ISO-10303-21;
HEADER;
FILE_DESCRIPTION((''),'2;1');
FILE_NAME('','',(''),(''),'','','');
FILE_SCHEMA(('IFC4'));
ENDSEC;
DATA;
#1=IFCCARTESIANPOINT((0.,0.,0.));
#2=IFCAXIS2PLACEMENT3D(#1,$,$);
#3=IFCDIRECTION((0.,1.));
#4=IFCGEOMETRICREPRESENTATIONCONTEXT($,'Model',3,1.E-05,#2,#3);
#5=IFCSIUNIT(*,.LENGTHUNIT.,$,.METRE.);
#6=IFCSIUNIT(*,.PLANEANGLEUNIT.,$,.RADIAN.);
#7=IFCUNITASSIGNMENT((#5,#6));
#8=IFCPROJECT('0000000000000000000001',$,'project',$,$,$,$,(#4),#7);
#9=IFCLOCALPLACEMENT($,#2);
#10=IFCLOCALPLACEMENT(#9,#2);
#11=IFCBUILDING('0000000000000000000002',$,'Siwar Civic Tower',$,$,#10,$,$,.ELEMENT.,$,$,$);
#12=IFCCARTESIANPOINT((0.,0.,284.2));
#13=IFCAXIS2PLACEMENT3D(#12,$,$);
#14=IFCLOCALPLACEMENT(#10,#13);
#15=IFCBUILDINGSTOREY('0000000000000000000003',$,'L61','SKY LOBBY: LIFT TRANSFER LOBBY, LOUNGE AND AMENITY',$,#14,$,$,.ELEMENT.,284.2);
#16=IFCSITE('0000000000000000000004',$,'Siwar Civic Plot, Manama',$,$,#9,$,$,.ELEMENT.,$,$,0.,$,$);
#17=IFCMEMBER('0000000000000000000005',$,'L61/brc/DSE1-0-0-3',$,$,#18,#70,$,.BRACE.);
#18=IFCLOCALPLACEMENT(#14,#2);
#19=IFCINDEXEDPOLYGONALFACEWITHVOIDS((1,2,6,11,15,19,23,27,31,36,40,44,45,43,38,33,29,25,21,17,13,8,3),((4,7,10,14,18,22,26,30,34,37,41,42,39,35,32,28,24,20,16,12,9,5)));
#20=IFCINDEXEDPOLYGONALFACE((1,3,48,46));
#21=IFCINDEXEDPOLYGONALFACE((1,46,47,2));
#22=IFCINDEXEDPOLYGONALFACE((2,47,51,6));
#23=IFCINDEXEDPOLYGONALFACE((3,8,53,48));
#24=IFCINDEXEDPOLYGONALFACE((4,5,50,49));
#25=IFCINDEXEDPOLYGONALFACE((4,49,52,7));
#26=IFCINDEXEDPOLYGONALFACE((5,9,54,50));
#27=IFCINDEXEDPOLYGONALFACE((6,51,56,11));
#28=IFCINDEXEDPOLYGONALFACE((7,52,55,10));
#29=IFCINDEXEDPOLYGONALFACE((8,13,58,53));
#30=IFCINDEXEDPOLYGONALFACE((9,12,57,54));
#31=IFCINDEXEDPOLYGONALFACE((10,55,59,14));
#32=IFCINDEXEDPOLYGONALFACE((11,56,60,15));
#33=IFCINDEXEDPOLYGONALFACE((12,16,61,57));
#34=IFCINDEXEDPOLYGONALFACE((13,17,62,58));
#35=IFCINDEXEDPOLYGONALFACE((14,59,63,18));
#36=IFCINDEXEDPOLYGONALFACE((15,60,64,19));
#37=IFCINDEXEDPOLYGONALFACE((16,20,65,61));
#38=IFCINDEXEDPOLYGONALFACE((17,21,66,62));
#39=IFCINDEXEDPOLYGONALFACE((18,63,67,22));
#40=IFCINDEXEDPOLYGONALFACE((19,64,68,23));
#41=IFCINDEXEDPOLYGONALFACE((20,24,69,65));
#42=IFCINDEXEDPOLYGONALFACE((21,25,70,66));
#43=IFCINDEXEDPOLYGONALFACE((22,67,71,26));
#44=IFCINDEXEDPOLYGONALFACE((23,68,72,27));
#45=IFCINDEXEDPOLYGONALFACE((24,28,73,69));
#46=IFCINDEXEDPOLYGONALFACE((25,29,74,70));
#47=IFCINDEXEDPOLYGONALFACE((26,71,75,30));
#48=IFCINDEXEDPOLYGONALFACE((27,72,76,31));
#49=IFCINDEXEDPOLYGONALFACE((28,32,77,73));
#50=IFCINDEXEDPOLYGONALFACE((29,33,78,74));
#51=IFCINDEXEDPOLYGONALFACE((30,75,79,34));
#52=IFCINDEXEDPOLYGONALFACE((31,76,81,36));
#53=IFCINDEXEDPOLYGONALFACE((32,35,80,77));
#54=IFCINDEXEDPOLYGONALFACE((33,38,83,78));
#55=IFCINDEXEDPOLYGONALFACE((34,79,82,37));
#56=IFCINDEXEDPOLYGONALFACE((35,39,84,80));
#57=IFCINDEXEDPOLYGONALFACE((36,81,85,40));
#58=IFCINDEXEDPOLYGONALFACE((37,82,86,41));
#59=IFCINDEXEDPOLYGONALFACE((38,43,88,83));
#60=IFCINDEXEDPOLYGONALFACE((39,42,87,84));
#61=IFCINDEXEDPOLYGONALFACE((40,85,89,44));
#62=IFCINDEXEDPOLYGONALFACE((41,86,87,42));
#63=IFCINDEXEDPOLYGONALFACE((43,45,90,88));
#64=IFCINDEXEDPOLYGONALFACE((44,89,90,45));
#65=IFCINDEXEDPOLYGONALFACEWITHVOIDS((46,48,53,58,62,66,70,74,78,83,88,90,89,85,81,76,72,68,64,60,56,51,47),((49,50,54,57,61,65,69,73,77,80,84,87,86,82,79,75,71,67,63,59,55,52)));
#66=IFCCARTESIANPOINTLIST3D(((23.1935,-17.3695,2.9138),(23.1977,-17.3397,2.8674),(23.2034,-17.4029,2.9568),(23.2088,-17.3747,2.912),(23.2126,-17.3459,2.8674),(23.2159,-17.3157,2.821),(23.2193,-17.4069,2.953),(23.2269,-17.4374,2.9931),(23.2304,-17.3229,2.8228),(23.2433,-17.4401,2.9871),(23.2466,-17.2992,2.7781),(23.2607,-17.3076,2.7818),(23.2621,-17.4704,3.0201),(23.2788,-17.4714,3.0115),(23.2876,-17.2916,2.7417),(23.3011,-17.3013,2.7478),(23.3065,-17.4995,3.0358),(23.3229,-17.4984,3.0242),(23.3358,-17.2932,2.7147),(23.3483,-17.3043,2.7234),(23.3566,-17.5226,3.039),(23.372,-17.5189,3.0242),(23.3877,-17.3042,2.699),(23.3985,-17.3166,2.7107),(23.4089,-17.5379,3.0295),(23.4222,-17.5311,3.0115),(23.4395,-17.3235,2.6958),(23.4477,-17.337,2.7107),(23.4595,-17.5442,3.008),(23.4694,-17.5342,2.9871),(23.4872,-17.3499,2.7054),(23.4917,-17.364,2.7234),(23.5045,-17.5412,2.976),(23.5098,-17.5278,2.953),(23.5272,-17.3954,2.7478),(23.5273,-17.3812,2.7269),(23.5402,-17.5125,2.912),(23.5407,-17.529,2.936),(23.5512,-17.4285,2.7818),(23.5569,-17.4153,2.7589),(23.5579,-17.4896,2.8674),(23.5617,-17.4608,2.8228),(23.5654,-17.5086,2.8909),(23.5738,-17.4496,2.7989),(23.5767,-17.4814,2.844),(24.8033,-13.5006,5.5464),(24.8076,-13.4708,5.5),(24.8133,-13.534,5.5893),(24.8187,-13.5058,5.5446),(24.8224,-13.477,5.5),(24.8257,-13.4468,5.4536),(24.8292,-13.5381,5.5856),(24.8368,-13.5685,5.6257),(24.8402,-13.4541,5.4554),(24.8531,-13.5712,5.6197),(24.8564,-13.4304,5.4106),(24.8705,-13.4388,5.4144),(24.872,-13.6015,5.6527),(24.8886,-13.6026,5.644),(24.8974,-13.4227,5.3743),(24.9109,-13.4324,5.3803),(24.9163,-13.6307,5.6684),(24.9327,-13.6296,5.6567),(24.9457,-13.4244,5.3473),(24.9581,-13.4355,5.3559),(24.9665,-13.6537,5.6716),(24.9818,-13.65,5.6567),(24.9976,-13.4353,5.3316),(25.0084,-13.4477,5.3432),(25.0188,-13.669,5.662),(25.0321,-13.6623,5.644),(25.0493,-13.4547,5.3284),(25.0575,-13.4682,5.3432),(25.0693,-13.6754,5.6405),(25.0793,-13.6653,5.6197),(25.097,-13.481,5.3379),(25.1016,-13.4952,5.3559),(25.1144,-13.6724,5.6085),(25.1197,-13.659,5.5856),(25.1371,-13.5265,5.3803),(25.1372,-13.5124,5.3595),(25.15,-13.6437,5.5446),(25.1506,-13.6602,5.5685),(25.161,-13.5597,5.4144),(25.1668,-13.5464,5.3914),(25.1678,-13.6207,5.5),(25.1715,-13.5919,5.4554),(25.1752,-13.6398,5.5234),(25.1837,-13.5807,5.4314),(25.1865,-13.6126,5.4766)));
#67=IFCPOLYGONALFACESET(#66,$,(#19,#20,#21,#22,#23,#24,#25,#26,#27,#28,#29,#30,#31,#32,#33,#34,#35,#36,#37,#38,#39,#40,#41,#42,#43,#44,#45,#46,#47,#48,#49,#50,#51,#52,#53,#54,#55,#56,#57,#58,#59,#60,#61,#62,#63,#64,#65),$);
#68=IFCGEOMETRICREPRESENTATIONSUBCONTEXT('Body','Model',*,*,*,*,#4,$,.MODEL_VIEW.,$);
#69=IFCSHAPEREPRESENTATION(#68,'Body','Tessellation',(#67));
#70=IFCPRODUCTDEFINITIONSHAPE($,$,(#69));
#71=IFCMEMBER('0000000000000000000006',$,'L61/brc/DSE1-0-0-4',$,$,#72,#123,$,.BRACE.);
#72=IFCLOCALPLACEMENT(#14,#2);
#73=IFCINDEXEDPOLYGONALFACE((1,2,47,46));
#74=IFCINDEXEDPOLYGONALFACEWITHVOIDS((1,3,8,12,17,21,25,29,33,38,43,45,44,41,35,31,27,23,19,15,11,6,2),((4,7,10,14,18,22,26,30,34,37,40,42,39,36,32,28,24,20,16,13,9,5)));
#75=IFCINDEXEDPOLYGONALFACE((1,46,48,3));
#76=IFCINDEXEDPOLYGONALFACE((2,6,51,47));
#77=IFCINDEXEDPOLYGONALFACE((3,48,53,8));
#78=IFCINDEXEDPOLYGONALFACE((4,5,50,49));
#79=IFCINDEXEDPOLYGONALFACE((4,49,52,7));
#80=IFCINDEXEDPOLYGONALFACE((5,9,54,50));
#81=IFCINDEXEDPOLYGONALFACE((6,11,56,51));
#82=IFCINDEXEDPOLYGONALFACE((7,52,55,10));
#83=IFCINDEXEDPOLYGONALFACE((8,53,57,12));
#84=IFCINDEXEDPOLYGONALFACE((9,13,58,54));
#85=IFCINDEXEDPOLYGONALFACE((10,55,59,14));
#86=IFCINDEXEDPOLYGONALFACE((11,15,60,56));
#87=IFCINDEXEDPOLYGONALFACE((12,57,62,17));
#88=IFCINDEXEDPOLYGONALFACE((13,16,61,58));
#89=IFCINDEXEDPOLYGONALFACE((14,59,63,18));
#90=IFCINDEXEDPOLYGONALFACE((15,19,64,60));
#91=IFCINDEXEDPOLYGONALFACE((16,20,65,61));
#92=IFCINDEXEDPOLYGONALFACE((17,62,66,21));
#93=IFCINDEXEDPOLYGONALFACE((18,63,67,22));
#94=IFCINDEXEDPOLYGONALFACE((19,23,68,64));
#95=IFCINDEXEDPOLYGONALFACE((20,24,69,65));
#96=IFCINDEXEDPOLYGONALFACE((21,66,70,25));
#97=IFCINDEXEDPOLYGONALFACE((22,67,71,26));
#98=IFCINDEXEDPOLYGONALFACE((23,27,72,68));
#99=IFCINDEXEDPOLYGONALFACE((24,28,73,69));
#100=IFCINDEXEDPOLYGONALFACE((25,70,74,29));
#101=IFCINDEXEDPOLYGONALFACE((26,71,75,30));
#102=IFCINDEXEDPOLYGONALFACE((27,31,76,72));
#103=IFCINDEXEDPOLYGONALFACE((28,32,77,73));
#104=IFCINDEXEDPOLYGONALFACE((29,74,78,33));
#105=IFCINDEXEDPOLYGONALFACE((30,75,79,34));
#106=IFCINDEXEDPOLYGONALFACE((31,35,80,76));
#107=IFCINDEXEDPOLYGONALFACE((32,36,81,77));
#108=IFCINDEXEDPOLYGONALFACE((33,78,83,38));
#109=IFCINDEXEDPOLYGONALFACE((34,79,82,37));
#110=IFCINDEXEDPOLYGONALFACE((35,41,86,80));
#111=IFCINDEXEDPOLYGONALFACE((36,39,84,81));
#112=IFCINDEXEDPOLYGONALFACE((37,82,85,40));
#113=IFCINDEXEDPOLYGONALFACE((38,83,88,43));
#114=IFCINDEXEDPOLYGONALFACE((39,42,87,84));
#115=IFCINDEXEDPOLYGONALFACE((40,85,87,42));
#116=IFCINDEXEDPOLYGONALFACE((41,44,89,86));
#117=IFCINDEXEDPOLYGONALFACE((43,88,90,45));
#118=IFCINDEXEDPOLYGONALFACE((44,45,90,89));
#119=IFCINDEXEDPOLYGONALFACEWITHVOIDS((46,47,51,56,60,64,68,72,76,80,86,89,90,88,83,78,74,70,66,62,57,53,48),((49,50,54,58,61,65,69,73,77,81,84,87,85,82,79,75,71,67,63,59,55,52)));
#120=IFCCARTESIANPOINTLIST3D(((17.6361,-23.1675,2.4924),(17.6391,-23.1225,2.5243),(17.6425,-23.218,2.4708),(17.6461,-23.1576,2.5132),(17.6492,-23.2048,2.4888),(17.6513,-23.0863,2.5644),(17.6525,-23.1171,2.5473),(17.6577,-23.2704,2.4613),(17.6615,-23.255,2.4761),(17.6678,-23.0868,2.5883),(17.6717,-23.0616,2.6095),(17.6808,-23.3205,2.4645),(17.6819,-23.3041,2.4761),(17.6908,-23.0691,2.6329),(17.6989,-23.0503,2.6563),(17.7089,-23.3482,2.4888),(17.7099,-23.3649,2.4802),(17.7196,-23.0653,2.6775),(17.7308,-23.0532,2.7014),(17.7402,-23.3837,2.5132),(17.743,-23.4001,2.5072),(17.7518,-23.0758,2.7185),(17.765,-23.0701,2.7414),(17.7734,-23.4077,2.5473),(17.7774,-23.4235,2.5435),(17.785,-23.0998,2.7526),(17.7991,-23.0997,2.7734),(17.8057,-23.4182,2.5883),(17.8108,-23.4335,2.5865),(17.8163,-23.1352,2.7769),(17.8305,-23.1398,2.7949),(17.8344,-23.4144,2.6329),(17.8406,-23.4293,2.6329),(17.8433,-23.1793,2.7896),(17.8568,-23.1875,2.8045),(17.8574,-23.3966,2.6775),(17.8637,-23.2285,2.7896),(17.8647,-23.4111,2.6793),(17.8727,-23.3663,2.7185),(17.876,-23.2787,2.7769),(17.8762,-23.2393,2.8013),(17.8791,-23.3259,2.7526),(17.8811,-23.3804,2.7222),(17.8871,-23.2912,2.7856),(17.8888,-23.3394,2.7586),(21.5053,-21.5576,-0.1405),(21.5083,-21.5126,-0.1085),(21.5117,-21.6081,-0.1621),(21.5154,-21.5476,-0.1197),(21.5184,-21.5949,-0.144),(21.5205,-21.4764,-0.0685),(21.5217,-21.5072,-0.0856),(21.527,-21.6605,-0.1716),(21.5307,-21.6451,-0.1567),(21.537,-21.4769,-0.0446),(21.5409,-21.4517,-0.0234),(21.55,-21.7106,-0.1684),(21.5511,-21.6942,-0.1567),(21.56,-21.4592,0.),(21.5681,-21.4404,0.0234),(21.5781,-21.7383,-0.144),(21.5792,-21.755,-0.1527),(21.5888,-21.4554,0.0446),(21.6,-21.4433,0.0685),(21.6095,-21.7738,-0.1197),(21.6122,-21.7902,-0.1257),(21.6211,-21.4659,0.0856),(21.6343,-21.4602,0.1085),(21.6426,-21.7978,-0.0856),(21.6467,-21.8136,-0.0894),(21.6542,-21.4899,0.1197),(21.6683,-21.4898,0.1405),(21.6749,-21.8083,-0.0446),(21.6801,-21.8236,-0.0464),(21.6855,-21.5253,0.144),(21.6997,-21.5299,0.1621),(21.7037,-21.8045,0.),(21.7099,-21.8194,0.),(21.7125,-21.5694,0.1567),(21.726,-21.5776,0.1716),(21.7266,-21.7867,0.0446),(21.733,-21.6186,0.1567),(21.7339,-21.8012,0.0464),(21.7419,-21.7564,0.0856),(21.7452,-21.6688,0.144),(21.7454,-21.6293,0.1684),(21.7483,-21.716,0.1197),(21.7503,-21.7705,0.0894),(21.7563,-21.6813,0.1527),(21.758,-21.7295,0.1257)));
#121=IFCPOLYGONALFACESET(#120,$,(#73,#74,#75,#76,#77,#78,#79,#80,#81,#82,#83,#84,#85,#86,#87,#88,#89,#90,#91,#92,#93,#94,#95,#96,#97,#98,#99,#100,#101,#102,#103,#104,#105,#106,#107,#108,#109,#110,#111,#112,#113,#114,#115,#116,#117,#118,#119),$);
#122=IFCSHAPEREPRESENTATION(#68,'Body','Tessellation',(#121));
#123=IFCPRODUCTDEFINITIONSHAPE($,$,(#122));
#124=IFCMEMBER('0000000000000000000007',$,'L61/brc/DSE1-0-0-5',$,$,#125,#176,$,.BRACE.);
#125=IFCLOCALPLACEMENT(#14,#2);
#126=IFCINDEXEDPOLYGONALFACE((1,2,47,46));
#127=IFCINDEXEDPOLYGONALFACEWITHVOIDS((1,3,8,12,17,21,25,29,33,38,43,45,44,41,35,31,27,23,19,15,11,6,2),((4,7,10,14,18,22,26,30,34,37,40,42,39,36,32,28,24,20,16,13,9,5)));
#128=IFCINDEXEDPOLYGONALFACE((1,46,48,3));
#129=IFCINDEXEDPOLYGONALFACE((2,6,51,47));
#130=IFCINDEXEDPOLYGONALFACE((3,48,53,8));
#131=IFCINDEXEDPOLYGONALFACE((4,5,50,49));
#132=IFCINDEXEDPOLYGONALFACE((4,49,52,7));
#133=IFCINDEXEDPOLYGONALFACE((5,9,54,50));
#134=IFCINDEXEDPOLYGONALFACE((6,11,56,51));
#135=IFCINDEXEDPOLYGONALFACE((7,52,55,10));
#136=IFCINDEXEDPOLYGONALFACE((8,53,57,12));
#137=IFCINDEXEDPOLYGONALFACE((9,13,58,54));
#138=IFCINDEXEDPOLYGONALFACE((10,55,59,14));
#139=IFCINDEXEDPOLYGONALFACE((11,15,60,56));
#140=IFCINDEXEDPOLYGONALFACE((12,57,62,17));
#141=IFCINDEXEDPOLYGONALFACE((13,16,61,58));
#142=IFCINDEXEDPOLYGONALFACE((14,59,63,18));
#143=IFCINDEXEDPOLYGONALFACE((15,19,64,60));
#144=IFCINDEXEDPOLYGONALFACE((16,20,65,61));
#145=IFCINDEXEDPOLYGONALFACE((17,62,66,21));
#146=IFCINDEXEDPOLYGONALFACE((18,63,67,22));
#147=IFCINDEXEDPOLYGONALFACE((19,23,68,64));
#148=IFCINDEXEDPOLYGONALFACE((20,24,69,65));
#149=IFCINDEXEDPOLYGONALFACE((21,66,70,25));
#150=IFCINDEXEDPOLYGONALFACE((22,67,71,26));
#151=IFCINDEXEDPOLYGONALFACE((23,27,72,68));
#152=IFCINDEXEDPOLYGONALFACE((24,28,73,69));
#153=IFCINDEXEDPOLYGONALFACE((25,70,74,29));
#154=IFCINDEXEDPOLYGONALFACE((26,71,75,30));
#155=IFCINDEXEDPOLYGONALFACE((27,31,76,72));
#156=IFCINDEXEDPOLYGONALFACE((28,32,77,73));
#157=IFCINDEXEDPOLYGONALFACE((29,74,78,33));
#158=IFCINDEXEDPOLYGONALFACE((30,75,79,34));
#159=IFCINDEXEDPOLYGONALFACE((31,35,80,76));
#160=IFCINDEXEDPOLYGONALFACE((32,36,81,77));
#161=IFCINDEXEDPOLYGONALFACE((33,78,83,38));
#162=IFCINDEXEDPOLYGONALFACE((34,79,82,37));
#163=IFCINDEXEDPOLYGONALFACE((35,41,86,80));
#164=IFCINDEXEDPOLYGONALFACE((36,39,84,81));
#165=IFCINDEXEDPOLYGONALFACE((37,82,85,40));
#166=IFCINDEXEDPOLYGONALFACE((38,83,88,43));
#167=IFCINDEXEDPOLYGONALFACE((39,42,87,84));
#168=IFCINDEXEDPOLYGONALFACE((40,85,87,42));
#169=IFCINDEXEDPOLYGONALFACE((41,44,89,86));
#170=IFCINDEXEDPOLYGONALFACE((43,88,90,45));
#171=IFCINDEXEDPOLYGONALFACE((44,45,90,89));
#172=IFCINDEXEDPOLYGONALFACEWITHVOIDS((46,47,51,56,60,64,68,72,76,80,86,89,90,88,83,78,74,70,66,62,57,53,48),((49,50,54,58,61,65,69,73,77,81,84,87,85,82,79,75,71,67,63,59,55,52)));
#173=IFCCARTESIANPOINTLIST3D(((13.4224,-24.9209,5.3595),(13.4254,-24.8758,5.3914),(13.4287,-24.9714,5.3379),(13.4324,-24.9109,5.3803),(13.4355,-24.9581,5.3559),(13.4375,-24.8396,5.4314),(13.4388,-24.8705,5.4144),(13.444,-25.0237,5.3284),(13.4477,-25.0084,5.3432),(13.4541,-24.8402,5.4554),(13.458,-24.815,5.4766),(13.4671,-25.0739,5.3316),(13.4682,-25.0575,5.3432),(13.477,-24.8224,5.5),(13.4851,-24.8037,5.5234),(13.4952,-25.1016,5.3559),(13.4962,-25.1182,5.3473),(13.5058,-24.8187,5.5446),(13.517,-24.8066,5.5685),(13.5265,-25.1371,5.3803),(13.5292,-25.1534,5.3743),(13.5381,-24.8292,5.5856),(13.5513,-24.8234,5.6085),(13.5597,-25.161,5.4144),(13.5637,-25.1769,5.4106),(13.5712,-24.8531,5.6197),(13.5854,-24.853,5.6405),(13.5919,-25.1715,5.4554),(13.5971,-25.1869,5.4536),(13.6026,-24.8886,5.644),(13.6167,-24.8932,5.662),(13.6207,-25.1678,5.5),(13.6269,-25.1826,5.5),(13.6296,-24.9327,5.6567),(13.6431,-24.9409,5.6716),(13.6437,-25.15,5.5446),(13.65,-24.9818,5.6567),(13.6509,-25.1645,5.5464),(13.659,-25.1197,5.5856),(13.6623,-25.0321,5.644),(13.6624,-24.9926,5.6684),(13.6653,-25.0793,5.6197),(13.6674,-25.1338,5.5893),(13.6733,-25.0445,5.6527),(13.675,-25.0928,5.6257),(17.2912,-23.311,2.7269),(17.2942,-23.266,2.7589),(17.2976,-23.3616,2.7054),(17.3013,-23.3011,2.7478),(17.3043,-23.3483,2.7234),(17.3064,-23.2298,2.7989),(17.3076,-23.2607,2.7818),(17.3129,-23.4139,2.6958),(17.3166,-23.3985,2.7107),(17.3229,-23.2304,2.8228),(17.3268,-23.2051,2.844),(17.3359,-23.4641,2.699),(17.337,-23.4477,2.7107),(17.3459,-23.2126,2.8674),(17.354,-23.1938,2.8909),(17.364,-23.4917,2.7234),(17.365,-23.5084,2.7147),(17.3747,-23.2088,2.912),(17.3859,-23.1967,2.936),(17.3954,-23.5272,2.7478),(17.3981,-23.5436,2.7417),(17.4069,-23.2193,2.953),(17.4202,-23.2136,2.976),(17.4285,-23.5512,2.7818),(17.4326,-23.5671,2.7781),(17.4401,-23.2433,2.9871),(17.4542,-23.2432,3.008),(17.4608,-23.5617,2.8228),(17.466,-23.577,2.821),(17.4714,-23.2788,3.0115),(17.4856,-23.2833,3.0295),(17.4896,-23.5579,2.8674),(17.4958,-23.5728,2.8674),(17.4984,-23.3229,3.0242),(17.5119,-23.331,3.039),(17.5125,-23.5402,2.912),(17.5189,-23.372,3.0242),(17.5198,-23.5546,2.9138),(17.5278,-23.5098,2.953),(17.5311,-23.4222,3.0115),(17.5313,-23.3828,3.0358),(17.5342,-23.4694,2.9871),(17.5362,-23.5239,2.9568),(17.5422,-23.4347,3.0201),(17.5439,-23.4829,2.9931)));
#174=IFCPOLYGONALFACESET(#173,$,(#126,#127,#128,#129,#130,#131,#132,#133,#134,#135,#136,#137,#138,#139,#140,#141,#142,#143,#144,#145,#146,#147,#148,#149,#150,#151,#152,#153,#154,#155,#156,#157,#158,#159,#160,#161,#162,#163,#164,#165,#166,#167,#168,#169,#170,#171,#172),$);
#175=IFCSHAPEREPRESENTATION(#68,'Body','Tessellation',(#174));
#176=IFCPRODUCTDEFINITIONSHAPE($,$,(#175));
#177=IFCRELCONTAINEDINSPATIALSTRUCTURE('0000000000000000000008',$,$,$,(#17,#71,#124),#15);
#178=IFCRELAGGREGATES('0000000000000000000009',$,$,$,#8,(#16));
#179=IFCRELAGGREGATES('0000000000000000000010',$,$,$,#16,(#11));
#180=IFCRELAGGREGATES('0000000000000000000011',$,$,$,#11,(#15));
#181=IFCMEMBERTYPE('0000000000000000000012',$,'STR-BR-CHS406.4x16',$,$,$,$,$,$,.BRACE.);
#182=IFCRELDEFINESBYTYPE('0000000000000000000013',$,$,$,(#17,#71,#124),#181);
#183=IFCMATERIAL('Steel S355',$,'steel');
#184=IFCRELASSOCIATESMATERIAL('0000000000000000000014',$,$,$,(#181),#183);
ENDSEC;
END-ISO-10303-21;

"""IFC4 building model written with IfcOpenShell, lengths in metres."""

from ifc_helpers import new_model, si_unit, direction, frame, origin, origin_2d, place, context, subcontext, project, spatial, hollow_circle, extrude, material, material_profile, profile_set, type_object, element, save


model = new_model("IFC4")

# Units and contexts
model_context = context("Model", 3, precision=1e-05, world=origin(), true_north=direction((0.0, 1.0)))
body_context = subcontext(model_context, "Body", "Model", "MODEL_VIEW")
ifc_project = project(units=[si_unit("LENGTHUNIT", "METRE"), si_unit("PLANEANGLEUNIT", "RADIAN")], contexts=[model_context])

# Site, building, storey
site_placement = place(None, origin())
site = spatial("IfcSite", under=ifc_project, at=site_placement, Name="Siwar Civic Plot, Manama", CompositionType="ELEMENT", RefElevation=0.0)
building_placement = place(site_placement, origin())
building = spatial("IfcBuilding", under=site, at=building_placement, Name="Siwar Civic Tower", CompositionType="ELEMENT")
storey_placement = place(building_placement, frame((0.0, 0.0, 284.2)))
storey = spatial("IfcBuildingStorey", under=building, at=storey_placement, Name="L61", Description="SKY LOBBY: LIFT TRANSFER LOBBY, LOUNGE AND AMENITY", CompositionType="ELEMENT", Elevation=284.2)

# Members
ifc_material_1 = material(Name="Steel S355", Category="steel")
ifc_material_profile_1 = material_profile(ifc_material_1, hollow_circle(Radius=0.2031, WallThickness=0.0161, at=origin_2d()), Name="CHS406.4x16")
ifc_profile_set_1 = profile_set([ifc_material_profile_1], Name="Steel S355")
member_type_1 = type_object("IfcMemberType", Name="STR-BR-CHS406.4x16", PredefinedType="BRACE", material=ifc_profile_set_1)
member_1_placement = place(storey_placement, frame((23.3853, -17.4177, 2.8674), z_axis=(0.325305, 0.781788, 0.531963), x_axis=(-0.923261, 0.384173, 0.0)))
element("IfcMember", 1, at=member_1_placement, inside=storey, type_object=member_type_1, Name="L61/brc/DSE1-0-0-3", PredefinedType="BRACE", context=body_context, shape_type="SweptSolid", body=[
    extrude(hollow_circle(Radius=0.2031, WallThickness=0.0161, at=origin_2d()), origin(), (0.0, 0.0, 1.0), 4.9487),
])
member_2_placement = place(storey_placement, frame((21.6318, -21.6318, 0.0), z_axis=(-0.781786, -0.325284, 0.531978), x_axis=(0.384152, -0.92327, 0.0)))
element("IfcMember", 2, at=member_2_placement, inside=storey, type_object=member_type_1, Name="L61/brc/DSE1-0-0-4", PredefinedType="BRACE", context=body_context, shape_type="SweptSolid", body=[
    extrude(hollow_circle(Radius=0.2031, WallThickness=0.0161, at=origin_2d()), origin(), (0.0, 0.0, 1.0), 4.9492),
])
member_3_placement = place(storey_placement, frame((17.4177, -23.3853, 2.8674), z_axis=(-0.781788, -0.325305, 0.531963), x_axis=(0.384173, -0.923261, 0.0)))
element("IfcMember", 3, at=member_3_placement, inside=storey, type_object=member_type_1, Name="L61/brc/DSE1-0-0-5", PredefinedType="BRACE", context=body_context, shape_type="SweptSolid", body=[
    extrude(hollow_circle(Radius=0.2031, WallThickness=0.0161, at=origin_2d()), origin(), (0.0, 0.0, 1.0), 4.9487),
])

save(model, "model.ifc")
